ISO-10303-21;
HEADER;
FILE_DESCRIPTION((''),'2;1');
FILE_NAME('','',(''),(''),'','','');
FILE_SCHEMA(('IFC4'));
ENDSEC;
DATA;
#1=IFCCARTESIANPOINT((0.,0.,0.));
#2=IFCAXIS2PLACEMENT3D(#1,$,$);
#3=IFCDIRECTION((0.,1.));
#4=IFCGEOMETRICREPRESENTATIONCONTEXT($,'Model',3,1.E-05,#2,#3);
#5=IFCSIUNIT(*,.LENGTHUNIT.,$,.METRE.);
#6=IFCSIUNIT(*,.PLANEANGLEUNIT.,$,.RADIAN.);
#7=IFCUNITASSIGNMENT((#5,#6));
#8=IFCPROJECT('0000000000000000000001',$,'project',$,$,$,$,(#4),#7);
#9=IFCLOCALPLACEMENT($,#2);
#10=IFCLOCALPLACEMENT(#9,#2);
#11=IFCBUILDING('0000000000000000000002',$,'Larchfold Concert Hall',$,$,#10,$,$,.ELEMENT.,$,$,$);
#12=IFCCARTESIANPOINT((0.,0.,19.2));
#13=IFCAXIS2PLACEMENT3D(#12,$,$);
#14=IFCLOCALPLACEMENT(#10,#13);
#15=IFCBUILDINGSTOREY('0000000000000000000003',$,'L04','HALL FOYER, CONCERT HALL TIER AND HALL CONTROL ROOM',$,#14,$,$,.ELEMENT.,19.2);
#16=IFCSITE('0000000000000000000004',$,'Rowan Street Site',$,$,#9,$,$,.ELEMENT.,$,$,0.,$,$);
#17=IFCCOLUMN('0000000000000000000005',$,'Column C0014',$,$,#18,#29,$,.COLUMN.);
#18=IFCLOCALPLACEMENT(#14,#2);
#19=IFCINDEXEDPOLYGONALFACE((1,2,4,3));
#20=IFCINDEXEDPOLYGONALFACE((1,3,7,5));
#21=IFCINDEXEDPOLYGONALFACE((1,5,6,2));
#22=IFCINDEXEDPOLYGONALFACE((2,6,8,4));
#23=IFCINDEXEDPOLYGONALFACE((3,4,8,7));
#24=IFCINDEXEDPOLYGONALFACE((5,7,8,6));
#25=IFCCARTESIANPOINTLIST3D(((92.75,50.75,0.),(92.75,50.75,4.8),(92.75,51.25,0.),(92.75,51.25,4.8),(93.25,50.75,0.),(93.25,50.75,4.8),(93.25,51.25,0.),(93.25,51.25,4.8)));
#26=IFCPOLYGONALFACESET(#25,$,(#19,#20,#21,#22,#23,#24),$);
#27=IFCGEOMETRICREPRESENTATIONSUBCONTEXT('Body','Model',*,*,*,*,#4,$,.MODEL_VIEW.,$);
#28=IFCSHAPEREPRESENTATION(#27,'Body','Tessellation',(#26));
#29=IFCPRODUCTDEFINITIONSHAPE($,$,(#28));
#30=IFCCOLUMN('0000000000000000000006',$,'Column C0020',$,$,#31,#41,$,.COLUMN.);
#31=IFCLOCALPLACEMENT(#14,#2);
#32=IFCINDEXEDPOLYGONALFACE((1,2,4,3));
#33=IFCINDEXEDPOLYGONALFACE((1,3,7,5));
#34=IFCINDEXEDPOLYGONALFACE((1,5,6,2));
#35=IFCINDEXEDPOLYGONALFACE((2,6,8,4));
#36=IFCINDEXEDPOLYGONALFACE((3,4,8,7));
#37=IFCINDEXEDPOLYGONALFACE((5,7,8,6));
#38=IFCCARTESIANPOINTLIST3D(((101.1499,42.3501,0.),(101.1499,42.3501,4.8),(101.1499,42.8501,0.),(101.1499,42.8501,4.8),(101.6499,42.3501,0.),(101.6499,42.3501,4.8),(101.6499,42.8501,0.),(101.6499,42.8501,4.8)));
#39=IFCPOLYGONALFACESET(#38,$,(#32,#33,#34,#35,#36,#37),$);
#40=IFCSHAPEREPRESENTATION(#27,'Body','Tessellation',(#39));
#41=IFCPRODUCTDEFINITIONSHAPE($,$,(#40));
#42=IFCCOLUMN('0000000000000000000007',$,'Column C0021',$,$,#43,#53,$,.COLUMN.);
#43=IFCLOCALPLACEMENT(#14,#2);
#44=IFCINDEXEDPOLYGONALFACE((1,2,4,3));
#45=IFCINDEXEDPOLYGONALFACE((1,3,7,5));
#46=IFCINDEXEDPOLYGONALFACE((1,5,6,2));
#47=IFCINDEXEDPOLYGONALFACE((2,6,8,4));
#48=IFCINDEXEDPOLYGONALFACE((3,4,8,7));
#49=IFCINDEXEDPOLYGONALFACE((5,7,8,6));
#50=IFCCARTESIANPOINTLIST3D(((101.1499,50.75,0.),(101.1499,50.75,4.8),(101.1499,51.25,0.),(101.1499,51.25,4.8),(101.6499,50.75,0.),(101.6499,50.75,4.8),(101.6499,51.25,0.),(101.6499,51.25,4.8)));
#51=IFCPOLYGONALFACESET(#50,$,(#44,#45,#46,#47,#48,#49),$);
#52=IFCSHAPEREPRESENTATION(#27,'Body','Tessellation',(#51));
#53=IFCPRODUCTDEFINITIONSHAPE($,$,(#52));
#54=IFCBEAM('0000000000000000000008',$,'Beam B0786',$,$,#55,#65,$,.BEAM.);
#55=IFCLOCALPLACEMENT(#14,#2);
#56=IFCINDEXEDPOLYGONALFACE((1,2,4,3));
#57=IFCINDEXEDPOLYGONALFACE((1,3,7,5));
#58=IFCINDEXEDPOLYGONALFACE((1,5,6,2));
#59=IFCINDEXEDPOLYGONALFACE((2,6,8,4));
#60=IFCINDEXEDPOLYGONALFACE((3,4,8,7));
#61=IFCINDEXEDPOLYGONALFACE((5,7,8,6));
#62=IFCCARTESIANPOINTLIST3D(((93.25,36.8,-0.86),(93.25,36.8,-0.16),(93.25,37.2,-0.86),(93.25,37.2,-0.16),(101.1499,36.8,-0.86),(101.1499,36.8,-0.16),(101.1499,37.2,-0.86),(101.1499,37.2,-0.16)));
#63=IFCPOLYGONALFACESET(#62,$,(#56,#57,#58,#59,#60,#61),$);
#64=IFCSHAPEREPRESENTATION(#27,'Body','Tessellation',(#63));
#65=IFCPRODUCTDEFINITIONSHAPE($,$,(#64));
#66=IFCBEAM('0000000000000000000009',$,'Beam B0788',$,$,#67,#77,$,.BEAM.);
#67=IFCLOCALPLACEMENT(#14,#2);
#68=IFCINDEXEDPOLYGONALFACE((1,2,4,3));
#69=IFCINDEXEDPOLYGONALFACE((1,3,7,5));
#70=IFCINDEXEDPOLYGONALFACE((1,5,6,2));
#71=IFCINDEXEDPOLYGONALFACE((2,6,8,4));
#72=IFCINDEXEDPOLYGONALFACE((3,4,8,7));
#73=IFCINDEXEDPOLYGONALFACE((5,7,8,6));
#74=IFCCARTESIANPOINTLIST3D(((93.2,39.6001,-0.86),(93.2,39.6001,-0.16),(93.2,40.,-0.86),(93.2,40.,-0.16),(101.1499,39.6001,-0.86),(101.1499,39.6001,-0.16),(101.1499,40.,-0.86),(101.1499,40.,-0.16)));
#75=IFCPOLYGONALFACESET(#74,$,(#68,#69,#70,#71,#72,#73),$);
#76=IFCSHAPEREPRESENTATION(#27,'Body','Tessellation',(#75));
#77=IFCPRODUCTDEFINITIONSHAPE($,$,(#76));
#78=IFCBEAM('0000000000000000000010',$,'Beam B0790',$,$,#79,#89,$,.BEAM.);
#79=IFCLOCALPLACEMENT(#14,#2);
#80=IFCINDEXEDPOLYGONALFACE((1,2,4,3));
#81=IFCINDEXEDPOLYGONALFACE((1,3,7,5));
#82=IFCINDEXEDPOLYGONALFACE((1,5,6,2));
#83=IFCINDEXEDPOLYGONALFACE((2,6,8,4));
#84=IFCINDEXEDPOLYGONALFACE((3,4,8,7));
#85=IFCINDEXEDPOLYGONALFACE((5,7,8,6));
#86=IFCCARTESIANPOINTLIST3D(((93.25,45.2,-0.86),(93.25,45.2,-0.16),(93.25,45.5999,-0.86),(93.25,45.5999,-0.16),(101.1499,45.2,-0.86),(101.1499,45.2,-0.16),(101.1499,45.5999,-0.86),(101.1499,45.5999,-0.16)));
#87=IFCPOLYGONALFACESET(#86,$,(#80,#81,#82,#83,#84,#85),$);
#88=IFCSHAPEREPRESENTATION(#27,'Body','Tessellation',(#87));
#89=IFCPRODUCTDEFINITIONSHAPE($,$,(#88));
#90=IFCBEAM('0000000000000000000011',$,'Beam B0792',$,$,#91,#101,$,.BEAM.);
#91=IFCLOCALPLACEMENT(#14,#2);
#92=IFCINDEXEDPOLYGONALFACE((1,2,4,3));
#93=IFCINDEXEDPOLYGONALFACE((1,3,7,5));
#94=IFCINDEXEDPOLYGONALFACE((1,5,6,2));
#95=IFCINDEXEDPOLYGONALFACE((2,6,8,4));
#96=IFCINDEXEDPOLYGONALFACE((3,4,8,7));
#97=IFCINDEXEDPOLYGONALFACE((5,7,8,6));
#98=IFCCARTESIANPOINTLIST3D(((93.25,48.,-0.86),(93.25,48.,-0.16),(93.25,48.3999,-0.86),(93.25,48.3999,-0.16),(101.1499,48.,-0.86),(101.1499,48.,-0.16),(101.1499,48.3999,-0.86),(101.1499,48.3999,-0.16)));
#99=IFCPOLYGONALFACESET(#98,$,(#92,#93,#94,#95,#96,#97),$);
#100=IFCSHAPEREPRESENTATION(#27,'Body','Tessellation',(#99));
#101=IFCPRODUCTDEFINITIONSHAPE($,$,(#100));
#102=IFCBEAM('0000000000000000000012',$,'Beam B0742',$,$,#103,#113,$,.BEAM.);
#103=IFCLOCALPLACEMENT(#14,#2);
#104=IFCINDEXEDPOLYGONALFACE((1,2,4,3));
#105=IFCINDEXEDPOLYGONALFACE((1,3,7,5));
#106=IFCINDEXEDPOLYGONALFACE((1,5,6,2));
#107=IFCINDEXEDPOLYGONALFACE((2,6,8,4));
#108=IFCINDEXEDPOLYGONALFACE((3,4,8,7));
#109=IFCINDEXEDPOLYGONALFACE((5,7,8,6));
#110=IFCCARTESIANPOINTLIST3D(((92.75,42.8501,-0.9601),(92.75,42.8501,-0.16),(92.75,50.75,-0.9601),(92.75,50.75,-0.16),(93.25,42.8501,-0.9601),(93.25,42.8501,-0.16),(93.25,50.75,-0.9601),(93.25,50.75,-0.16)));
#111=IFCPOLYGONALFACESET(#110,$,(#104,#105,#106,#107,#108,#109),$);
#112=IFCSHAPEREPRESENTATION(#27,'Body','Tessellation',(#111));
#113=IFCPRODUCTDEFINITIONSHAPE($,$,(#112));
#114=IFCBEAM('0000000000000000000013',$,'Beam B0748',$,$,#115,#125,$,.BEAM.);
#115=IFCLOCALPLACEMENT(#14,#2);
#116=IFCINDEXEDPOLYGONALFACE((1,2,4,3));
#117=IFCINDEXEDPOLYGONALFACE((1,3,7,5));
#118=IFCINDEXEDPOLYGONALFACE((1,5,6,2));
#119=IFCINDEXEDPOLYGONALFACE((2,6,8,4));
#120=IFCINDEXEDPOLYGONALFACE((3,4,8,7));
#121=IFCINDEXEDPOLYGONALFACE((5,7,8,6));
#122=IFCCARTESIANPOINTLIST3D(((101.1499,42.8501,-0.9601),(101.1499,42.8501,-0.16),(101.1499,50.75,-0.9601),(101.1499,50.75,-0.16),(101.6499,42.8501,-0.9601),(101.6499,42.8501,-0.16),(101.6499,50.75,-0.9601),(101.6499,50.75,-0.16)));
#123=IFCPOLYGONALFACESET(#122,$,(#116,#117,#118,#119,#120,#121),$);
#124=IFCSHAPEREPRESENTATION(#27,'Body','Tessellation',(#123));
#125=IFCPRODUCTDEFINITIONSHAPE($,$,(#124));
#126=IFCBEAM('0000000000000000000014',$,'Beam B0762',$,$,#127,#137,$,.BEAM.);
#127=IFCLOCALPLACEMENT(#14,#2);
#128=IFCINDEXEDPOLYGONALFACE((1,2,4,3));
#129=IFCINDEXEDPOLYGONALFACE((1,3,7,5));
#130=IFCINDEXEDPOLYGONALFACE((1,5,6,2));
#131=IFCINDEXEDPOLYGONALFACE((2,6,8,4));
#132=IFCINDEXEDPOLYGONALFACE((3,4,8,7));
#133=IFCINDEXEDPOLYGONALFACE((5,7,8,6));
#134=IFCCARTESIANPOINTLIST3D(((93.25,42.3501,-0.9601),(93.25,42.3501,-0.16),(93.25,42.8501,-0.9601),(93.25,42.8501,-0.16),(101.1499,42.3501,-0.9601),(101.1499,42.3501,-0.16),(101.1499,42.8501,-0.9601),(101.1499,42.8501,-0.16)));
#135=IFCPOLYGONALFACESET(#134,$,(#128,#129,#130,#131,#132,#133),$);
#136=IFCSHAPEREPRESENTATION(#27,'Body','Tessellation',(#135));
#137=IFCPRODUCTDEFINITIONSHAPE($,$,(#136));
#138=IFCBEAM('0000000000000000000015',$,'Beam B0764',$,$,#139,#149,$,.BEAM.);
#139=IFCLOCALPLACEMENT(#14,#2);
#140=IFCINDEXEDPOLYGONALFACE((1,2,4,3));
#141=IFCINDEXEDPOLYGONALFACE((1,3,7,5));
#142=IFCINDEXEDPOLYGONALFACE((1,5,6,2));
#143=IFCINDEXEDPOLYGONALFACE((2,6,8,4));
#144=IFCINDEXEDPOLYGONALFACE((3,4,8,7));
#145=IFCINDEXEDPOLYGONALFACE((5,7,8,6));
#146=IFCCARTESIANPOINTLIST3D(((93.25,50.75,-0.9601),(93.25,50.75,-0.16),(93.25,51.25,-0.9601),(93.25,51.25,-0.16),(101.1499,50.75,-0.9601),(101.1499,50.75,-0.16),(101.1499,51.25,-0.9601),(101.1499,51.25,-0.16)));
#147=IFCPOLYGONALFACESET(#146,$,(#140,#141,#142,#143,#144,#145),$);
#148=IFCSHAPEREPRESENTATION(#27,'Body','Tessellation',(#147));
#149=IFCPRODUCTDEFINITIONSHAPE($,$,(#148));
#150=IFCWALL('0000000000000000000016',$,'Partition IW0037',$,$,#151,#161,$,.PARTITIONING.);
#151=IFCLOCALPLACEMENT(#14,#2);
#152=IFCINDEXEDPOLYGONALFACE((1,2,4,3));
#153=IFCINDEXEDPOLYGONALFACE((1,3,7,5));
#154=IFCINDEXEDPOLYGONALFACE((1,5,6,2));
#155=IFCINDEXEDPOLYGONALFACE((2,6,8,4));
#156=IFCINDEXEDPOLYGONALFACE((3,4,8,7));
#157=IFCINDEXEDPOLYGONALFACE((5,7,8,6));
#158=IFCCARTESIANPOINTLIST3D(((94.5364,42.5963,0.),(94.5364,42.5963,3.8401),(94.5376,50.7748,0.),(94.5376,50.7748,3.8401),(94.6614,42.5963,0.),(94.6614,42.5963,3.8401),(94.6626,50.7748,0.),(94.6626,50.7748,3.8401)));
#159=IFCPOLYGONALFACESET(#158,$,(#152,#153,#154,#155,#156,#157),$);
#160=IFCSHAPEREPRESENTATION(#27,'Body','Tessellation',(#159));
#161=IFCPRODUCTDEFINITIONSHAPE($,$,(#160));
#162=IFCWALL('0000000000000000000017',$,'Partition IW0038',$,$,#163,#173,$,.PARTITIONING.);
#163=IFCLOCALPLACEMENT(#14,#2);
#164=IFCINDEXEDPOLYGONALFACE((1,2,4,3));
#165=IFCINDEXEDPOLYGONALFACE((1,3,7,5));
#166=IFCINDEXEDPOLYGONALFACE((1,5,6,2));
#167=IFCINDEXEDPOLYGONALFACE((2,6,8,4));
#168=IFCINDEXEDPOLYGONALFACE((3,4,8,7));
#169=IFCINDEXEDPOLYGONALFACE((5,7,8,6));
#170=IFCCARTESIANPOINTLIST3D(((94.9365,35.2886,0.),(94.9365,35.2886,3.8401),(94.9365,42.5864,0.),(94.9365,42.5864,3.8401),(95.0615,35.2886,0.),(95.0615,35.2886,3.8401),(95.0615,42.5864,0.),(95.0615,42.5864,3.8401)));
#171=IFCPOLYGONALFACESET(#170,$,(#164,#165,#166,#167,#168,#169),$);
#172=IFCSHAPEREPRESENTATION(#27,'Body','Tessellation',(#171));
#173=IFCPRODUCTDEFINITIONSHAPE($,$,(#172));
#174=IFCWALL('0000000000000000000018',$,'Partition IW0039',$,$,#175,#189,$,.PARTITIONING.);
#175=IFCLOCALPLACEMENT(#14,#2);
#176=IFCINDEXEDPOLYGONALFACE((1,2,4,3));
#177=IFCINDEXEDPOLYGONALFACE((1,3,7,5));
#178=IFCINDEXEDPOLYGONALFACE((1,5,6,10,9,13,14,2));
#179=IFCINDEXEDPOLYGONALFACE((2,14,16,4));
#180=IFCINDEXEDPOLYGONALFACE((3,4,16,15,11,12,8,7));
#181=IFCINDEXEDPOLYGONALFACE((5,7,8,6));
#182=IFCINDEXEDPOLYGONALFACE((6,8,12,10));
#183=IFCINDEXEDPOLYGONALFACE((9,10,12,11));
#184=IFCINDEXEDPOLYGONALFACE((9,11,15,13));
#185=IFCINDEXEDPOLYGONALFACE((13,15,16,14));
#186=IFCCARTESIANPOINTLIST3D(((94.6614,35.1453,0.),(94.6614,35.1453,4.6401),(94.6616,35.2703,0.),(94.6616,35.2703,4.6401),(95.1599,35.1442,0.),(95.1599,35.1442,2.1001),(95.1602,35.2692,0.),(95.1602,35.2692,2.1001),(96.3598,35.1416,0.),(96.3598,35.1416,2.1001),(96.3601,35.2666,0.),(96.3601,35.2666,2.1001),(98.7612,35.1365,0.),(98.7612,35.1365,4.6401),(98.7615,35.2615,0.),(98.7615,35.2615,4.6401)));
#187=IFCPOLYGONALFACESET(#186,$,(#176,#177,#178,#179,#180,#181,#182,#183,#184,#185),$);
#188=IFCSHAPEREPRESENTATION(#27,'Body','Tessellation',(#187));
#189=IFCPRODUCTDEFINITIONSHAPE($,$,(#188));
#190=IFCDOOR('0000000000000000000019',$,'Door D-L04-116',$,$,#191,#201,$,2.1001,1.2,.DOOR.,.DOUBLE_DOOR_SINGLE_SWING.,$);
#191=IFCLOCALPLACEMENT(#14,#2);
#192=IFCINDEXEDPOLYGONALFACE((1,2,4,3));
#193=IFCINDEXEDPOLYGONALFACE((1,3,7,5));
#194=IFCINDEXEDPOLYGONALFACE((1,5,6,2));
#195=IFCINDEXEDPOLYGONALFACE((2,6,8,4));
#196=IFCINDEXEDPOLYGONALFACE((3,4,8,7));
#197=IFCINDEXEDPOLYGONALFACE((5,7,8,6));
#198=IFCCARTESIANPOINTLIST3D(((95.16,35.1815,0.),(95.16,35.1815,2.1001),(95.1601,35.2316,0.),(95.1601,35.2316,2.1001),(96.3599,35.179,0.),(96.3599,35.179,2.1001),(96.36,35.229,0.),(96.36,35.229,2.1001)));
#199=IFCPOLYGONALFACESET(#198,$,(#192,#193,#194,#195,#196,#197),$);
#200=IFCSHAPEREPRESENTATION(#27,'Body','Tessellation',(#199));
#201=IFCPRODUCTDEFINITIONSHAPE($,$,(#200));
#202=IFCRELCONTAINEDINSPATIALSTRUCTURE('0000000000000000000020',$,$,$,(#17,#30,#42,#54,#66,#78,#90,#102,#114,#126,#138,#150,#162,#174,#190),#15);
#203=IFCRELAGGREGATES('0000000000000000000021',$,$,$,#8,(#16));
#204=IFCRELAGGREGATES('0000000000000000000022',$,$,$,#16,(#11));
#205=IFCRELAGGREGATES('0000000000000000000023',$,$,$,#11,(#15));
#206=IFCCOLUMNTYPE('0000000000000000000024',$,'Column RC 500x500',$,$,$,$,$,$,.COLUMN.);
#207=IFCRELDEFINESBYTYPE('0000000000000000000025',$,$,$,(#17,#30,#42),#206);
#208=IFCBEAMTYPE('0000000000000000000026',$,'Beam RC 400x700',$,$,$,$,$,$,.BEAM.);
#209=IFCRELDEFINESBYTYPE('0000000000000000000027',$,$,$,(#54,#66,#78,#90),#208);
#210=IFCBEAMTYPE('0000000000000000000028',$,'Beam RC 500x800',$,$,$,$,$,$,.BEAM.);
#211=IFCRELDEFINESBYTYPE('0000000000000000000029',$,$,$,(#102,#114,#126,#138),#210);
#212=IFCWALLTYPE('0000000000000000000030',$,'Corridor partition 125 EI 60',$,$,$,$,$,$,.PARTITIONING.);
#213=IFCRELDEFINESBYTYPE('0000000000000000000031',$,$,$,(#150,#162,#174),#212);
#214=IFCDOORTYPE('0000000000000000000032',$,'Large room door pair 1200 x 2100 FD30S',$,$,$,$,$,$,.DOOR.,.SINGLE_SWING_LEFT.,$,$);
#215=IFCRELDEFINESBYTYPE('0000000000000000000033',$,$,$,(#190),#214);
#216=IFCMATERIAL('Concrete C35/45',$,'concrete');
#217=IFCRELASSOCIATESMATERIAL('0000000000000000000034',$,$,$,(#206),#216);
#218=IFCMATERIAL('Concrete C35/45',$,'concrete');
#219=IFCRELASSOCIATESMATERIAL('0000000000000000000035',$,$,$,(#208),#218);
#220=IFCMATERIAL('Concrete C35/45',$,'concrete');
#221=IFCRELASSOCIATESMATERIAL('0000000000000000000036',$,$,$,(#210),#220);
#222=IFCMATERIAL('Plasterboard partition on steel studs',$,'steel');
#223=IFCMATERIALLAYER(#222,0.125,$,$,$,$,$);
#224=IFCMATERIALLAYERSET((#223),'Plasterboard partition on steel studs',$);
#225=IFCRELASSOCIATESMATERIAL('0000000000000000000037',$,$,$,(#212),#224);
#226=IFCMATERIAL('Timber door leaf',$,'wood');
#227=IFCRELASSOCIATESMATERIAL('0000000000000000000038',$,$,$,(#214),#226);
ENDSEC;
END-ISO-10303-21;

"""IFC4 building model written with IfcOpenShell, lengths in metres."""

from ifc_helpers import new_model, si_unit, direction, frame, frame_2d, origin, origin_2d, place, context, subcontext, project, spatial, rectangle, extrude, material, layer, layer_set, material_profile, profile_set, type_object, element, fill, save


model = new_model("IFC4")

# Units and contexts
model_context = context("Model", 3, precision=1e-05, world=origin(), true_north=direction((0.0, 1.0)))
body_context = subcontext(model_context, "Body", "Model", "MODEL_VIEW")
ifc_project = project(units=[si_unit("LENGTHUNIT", "METRE"), si_unit("PLANEANGLEUNIT", "RADIAN")], contexts=[model_context])

# Site, building, storey
site_placement = place(None, origin())
site = spatial("IfcSite", under=ifc_project, at=site_placement, Name="Rowan Street Site", CompositionType="ELEMENT", RefElevation=0.0)
building_placement = place(site_placement, origin())
building = spatial("IfcBuilding", under=site, at=building_placement, Name="Larchfold Concert Hall", CompositionType="ELEMENT")
storey_placement = place(building_placement, frame((0.0, 0.0, 19.2)))
storey = spatial("IfcBuildingStorey", under=building, at=storey_placement, Name="L04", Description="HALL FOYER, CONCERT HALL TIER AND HALL CONTROL ROOM", CompositionType="ELEMENT", Elevation=19.2)

# Columns
ifc_material_1 = material(Name="Concrete C35/45", Category="concrete")
ifc_material_profile_1 = material_profile(ifc_material_1, rectangle(XDim=0.5, YDim=0.5, at=origin_2d()))
ifc_profile_set_1 = profile_set([ifc_material_profile_1], Name="Concrete C35/45")
column_type = type_object("IfcColumnType", Name="Column RC 500x500", PredefinedType="COLUMN", material=ifc_profile_set_1)
for number, where, z_axis, x_axis, name in (
    (1, (93.0, 51.0, 0.0), (0.0, 0.0, 1.0), (1.0, 0.0, 0.0), "Column C0014"),
    (2, (101.3999, 42.6001, 0.0), (0.0, 0.0, 1.0), (1.0, 0.0, 0.0), "Column C0020"),
    (3, (101.3999, 51.0, 0.0), (0.0, 0.0, 1.0), (1.0, 0.0, 0.0), "Column C0021"),
):
    element("IfcColumn", number, at=place(storey_placement, frame(where, z_axis=z_axis, x_axis=x_axis)), inside=storey, type_object=column_type, Name=name, PredefinedType="COLUMN", context=body_context, shape_type="SweptSolid", body=[
        extrude(rectangle(XDim=0.5, YDim=0.5, at=origin_2d()), origin(), (0.0, 0.0, 1.0), 4.8),
    ])

# Beams
ifc_material_2 = material(Name="Concrete C35/45", Category="concrete")
ifc_material_profile_2 = material_profile(ifc_material_2, rectangle(XDim=0.3999, YDim=0.7, at=origin_2d()))
ifc_profile_set_2 = profile_set([ifc_material_profile_2], Name="Concrete C35/45")
beam_type_1 = type_object("IfcBeamType", Name="Beam RC 400x700", PredefinedType="BEAM", material=ifc_profile_set_2)
beam_1_placement = place(storey_placement, frame((93.25, 37.0, -0.51), z_axis=(1.0, 0.0, 0.0), x_axis=(0.0, 1.0, 0.0)))
element("IfcBeam", 4, at=beam_1_placement, inside=storey, type_object=beam_type_1, Name="Beam B0786", PredefinedType="BEAM", context=body_context, shape_type="SweptSolid", body=[
    extrude(rectangle(XDim=0.3999, YDim=0.7, at=origin_2d()), origin(), (0.0, 0.0, 1.0), 7.8999),
])
beam_2_placement = place(storey_placement, frame((93.2, 39.8, -0.51), z_axis=(1.0, 0.0, 0.0), x_axis=(0.0, 1.0, 0.0)))
element("IfcBeam", 5, at=beam_2_placement, inside=storey, type_object=beam_type_1, Name="Beam B0788", PredefinedType="BEAM", context=body_context, shape_type="SweptSolid", body=[
    extrude(rectangle(XDim=0.3999, YDim=0.7, at=origin_2d()), origin(), (0.0, 0.0, 1.0), 7.95),
])
for number, where, z_axis, x_axis, name in (
    (6, (93.25, 45.3999, -0.51), (1.0, 0.0, 0.0), (0.0, 1.0, 0.0), "Beam B0790"),
    (7, (93.25, 48.2, -0.51), (1.0, 0.0, 0.0), (0.0, 1.0, 0.0), "Beam B0792"),
):
    element("IfcBeam", number, at=place(storey_placement, frame(where, z_axis=z_axis, x_axis=x_axis)), inside=storey, type_object=beam_type_1, Name=name, PredefinedType="BEAM", context=body_context, shape_type="SweptSolid", body=[
        extrude(rectangle(XDim=0.3999, YDim=0.7, at=origin_2d()), origin(), (0.0, 0.0, 1.0), 7.8999),
    ])
ifc_material_3 = material(Name="Concrete C35/45", Category="concrete")
ifc_material_profile_3 = material_profile(ifc_material_3, rectangle(XDim=0.5, YDim=0.8, at=origin_2d()))
ifc_profile_set_3 = profile_set([ifc_material_profile_3], Name="Concrete C35/45")
beam_type_2 = type_object("IfcBeamType", Name="Beam RC 500x800", PredefinedType="BEAM", material=ifc_profile_set_3)
for number, where, z_axis, x_axis, name in (
    (8, (93.0, 42.8501, -0.5601), (0.0, 1.0, 0.0), (-1.0, 0.0, 0.0), "Beam B0742"),
    (9, (101.3999, 42.8501, -0.5601), (0.0, 1.0, 0.0), (-1.0, 0.0, 0.0), "Beam B0748"),
    (10, (93.25, 42.6001, -0.5601), (1.0, 0.0, 0.0), (0.0, 1.0, 0.0), "Beam B0762"),
    (11, (93.25, 51.0, -0.5601), (1.0, 0.0, 0.0), (0.0, 1.0, 0.0), "Beam B0764"),
):
    element("IfcBeam", number, at=place(storey_placement, frame(where, z_axis=z_axis, x_axis=x_axis)), inside=storey, type_object=beam_type_2, Name=name, PredefinedType="BEAM", context=body_context, shape_type="SweptSolid", body=[
        extrude(rectangle(XDim=0.5, YDim=0.8, at=origin_2d()), origin(), (0.0, 0.0, 1.0), 7.8999),
    ])

# Walls
ifc_material_4 = material(Name="Plasterboard partition on steel studs", Category="steel")
ifc_layer_1 = layer(ifc_material_4, 0.125)
ifc_layer_set_1 = layer_set([ifc_layer_1], Name="Plasterboard partition on steel studs")
wall_type_1 = type_object("IfcWallType", Name="Corridor partition 125 EI 60", PredefinedType="PARTITIONING", material=ifc_layer_set_1)
wall_1_placement = place(storey_placement, frame((94.6001, 50.7749, 0.0), z_axis=(0.0, 0.0, 1.0), x_axis=(-0.000149, -1.0, 0.0)))
element("IfcWall", 12, at=wall_1_placement, inside=storey, type_object=wall_type_1, Name="Partition IW0037", PredefinedType="PARTITIONING", context=body_context, shape_type="SweptSolid", body=[
    extrude(rectangle(XDim=8.1785, YDim=0.125, at=frame_2d((4.0894, 0.0))), origin(), (0.0, 0.0, 1.0), 3.8401),
])
wall_2_placement = place(storey_placement, frame((94.999, 42.5864, 0.0), z_axis=(0.0, 0.0, 1.0), x_axis=(0.0, -1.0, 0.0)))
element("IfcWall", 13, at=wall_2_placement, inside=storey, type_object=wall_type_1, Name="Partition IW0038", PredefinedType="PARTITIONING", context=body_context, shape_type="SweptSolid", body=[
    extrude(rectangle(XDim=7.2979, YDim=0.125, at=frame_2d((3.6489, 0.0))), origin(), (0.0, 0.0, 1.0), 3.8401),
])

# Wall, opening, door
wall_3_placement = place(storey_placement, frame((94.6616, 35.2078, 0.0), z_axis=(0.0, 0.0, 1.0), x_axis=(0.999998, -0.002144, 0.0)))
wall_3 = element("IfcWall", 14, at=wall_3_placement, inside=storey, type_object=wall_type_1, Name="Partition IW0039", PredefinedType="PARTITIONING", context=body_context, shape_type="SweptSolid", body=[
    extrude(rectangle(XDim=4.0999, YDim=0.125, at=frame_2d((2.0498, 0.0))), origin(), (0.0, 0.0, 1.0), 4.6401),
])
opening_1_placement = place(wall_3_placement, frame((0.4983, 0.0, 0.0)))
opening_1 = element("IfcOpeningElement", 15, at=opening_1_placement, cuts=wall_3, PredefinedType="OPENING", context=body_context, shape_type="SweptSolid", body=[
    extrude(rectangle(XDim=1.2, YDim=2.1001, at=frame_2d((0.6001, 1.05))), frame((0.0, 0.0725, 0.0), z_axis=(0.0, -1.0, 0.0), x_axis=(1.0, 0.0, 0.0)), (0.0, 0.0, 1.0), 0.145),
])
ifc_material_5 = material(Name="Timber door leaf", Category="wood")
door_type_1 = type_object("IfcDoorType", Name="Large room door pair 1200 x 2100 FD30S", OperationType="SINGLE_SWING_LEFT", PredefinedType="DOOR", material=ifc_material_5)
door_1_placement = place(opening_1_placement, origin())
door_1 = element("IfcDoor", 16, at=door_1_placement, inside=storey, type_object=door_type_1, Name="Door D-L04-116", OperationType="DOUBLE_DOOR_SINGLE_SWING", OverallHeight=2.1001, OverallWidth=1.2, PredefinedType="DOOR", context=body_context, shape_type="SweptSolid", body=[
    extrude(rectangle(XDim=1.2, YDim=2.1001, at=frame_2d((0.6001, 1.05))), frame((0.0, 0.0249, 0.0), z_axis=(0.0, -1.0, 0.0), x_axis=(1.0, 0.0, 0.0)), (0.0, 0.0, 1.0), 0.05),
])
fill(opening_1, door_1)

save(model, "model.ifc")
